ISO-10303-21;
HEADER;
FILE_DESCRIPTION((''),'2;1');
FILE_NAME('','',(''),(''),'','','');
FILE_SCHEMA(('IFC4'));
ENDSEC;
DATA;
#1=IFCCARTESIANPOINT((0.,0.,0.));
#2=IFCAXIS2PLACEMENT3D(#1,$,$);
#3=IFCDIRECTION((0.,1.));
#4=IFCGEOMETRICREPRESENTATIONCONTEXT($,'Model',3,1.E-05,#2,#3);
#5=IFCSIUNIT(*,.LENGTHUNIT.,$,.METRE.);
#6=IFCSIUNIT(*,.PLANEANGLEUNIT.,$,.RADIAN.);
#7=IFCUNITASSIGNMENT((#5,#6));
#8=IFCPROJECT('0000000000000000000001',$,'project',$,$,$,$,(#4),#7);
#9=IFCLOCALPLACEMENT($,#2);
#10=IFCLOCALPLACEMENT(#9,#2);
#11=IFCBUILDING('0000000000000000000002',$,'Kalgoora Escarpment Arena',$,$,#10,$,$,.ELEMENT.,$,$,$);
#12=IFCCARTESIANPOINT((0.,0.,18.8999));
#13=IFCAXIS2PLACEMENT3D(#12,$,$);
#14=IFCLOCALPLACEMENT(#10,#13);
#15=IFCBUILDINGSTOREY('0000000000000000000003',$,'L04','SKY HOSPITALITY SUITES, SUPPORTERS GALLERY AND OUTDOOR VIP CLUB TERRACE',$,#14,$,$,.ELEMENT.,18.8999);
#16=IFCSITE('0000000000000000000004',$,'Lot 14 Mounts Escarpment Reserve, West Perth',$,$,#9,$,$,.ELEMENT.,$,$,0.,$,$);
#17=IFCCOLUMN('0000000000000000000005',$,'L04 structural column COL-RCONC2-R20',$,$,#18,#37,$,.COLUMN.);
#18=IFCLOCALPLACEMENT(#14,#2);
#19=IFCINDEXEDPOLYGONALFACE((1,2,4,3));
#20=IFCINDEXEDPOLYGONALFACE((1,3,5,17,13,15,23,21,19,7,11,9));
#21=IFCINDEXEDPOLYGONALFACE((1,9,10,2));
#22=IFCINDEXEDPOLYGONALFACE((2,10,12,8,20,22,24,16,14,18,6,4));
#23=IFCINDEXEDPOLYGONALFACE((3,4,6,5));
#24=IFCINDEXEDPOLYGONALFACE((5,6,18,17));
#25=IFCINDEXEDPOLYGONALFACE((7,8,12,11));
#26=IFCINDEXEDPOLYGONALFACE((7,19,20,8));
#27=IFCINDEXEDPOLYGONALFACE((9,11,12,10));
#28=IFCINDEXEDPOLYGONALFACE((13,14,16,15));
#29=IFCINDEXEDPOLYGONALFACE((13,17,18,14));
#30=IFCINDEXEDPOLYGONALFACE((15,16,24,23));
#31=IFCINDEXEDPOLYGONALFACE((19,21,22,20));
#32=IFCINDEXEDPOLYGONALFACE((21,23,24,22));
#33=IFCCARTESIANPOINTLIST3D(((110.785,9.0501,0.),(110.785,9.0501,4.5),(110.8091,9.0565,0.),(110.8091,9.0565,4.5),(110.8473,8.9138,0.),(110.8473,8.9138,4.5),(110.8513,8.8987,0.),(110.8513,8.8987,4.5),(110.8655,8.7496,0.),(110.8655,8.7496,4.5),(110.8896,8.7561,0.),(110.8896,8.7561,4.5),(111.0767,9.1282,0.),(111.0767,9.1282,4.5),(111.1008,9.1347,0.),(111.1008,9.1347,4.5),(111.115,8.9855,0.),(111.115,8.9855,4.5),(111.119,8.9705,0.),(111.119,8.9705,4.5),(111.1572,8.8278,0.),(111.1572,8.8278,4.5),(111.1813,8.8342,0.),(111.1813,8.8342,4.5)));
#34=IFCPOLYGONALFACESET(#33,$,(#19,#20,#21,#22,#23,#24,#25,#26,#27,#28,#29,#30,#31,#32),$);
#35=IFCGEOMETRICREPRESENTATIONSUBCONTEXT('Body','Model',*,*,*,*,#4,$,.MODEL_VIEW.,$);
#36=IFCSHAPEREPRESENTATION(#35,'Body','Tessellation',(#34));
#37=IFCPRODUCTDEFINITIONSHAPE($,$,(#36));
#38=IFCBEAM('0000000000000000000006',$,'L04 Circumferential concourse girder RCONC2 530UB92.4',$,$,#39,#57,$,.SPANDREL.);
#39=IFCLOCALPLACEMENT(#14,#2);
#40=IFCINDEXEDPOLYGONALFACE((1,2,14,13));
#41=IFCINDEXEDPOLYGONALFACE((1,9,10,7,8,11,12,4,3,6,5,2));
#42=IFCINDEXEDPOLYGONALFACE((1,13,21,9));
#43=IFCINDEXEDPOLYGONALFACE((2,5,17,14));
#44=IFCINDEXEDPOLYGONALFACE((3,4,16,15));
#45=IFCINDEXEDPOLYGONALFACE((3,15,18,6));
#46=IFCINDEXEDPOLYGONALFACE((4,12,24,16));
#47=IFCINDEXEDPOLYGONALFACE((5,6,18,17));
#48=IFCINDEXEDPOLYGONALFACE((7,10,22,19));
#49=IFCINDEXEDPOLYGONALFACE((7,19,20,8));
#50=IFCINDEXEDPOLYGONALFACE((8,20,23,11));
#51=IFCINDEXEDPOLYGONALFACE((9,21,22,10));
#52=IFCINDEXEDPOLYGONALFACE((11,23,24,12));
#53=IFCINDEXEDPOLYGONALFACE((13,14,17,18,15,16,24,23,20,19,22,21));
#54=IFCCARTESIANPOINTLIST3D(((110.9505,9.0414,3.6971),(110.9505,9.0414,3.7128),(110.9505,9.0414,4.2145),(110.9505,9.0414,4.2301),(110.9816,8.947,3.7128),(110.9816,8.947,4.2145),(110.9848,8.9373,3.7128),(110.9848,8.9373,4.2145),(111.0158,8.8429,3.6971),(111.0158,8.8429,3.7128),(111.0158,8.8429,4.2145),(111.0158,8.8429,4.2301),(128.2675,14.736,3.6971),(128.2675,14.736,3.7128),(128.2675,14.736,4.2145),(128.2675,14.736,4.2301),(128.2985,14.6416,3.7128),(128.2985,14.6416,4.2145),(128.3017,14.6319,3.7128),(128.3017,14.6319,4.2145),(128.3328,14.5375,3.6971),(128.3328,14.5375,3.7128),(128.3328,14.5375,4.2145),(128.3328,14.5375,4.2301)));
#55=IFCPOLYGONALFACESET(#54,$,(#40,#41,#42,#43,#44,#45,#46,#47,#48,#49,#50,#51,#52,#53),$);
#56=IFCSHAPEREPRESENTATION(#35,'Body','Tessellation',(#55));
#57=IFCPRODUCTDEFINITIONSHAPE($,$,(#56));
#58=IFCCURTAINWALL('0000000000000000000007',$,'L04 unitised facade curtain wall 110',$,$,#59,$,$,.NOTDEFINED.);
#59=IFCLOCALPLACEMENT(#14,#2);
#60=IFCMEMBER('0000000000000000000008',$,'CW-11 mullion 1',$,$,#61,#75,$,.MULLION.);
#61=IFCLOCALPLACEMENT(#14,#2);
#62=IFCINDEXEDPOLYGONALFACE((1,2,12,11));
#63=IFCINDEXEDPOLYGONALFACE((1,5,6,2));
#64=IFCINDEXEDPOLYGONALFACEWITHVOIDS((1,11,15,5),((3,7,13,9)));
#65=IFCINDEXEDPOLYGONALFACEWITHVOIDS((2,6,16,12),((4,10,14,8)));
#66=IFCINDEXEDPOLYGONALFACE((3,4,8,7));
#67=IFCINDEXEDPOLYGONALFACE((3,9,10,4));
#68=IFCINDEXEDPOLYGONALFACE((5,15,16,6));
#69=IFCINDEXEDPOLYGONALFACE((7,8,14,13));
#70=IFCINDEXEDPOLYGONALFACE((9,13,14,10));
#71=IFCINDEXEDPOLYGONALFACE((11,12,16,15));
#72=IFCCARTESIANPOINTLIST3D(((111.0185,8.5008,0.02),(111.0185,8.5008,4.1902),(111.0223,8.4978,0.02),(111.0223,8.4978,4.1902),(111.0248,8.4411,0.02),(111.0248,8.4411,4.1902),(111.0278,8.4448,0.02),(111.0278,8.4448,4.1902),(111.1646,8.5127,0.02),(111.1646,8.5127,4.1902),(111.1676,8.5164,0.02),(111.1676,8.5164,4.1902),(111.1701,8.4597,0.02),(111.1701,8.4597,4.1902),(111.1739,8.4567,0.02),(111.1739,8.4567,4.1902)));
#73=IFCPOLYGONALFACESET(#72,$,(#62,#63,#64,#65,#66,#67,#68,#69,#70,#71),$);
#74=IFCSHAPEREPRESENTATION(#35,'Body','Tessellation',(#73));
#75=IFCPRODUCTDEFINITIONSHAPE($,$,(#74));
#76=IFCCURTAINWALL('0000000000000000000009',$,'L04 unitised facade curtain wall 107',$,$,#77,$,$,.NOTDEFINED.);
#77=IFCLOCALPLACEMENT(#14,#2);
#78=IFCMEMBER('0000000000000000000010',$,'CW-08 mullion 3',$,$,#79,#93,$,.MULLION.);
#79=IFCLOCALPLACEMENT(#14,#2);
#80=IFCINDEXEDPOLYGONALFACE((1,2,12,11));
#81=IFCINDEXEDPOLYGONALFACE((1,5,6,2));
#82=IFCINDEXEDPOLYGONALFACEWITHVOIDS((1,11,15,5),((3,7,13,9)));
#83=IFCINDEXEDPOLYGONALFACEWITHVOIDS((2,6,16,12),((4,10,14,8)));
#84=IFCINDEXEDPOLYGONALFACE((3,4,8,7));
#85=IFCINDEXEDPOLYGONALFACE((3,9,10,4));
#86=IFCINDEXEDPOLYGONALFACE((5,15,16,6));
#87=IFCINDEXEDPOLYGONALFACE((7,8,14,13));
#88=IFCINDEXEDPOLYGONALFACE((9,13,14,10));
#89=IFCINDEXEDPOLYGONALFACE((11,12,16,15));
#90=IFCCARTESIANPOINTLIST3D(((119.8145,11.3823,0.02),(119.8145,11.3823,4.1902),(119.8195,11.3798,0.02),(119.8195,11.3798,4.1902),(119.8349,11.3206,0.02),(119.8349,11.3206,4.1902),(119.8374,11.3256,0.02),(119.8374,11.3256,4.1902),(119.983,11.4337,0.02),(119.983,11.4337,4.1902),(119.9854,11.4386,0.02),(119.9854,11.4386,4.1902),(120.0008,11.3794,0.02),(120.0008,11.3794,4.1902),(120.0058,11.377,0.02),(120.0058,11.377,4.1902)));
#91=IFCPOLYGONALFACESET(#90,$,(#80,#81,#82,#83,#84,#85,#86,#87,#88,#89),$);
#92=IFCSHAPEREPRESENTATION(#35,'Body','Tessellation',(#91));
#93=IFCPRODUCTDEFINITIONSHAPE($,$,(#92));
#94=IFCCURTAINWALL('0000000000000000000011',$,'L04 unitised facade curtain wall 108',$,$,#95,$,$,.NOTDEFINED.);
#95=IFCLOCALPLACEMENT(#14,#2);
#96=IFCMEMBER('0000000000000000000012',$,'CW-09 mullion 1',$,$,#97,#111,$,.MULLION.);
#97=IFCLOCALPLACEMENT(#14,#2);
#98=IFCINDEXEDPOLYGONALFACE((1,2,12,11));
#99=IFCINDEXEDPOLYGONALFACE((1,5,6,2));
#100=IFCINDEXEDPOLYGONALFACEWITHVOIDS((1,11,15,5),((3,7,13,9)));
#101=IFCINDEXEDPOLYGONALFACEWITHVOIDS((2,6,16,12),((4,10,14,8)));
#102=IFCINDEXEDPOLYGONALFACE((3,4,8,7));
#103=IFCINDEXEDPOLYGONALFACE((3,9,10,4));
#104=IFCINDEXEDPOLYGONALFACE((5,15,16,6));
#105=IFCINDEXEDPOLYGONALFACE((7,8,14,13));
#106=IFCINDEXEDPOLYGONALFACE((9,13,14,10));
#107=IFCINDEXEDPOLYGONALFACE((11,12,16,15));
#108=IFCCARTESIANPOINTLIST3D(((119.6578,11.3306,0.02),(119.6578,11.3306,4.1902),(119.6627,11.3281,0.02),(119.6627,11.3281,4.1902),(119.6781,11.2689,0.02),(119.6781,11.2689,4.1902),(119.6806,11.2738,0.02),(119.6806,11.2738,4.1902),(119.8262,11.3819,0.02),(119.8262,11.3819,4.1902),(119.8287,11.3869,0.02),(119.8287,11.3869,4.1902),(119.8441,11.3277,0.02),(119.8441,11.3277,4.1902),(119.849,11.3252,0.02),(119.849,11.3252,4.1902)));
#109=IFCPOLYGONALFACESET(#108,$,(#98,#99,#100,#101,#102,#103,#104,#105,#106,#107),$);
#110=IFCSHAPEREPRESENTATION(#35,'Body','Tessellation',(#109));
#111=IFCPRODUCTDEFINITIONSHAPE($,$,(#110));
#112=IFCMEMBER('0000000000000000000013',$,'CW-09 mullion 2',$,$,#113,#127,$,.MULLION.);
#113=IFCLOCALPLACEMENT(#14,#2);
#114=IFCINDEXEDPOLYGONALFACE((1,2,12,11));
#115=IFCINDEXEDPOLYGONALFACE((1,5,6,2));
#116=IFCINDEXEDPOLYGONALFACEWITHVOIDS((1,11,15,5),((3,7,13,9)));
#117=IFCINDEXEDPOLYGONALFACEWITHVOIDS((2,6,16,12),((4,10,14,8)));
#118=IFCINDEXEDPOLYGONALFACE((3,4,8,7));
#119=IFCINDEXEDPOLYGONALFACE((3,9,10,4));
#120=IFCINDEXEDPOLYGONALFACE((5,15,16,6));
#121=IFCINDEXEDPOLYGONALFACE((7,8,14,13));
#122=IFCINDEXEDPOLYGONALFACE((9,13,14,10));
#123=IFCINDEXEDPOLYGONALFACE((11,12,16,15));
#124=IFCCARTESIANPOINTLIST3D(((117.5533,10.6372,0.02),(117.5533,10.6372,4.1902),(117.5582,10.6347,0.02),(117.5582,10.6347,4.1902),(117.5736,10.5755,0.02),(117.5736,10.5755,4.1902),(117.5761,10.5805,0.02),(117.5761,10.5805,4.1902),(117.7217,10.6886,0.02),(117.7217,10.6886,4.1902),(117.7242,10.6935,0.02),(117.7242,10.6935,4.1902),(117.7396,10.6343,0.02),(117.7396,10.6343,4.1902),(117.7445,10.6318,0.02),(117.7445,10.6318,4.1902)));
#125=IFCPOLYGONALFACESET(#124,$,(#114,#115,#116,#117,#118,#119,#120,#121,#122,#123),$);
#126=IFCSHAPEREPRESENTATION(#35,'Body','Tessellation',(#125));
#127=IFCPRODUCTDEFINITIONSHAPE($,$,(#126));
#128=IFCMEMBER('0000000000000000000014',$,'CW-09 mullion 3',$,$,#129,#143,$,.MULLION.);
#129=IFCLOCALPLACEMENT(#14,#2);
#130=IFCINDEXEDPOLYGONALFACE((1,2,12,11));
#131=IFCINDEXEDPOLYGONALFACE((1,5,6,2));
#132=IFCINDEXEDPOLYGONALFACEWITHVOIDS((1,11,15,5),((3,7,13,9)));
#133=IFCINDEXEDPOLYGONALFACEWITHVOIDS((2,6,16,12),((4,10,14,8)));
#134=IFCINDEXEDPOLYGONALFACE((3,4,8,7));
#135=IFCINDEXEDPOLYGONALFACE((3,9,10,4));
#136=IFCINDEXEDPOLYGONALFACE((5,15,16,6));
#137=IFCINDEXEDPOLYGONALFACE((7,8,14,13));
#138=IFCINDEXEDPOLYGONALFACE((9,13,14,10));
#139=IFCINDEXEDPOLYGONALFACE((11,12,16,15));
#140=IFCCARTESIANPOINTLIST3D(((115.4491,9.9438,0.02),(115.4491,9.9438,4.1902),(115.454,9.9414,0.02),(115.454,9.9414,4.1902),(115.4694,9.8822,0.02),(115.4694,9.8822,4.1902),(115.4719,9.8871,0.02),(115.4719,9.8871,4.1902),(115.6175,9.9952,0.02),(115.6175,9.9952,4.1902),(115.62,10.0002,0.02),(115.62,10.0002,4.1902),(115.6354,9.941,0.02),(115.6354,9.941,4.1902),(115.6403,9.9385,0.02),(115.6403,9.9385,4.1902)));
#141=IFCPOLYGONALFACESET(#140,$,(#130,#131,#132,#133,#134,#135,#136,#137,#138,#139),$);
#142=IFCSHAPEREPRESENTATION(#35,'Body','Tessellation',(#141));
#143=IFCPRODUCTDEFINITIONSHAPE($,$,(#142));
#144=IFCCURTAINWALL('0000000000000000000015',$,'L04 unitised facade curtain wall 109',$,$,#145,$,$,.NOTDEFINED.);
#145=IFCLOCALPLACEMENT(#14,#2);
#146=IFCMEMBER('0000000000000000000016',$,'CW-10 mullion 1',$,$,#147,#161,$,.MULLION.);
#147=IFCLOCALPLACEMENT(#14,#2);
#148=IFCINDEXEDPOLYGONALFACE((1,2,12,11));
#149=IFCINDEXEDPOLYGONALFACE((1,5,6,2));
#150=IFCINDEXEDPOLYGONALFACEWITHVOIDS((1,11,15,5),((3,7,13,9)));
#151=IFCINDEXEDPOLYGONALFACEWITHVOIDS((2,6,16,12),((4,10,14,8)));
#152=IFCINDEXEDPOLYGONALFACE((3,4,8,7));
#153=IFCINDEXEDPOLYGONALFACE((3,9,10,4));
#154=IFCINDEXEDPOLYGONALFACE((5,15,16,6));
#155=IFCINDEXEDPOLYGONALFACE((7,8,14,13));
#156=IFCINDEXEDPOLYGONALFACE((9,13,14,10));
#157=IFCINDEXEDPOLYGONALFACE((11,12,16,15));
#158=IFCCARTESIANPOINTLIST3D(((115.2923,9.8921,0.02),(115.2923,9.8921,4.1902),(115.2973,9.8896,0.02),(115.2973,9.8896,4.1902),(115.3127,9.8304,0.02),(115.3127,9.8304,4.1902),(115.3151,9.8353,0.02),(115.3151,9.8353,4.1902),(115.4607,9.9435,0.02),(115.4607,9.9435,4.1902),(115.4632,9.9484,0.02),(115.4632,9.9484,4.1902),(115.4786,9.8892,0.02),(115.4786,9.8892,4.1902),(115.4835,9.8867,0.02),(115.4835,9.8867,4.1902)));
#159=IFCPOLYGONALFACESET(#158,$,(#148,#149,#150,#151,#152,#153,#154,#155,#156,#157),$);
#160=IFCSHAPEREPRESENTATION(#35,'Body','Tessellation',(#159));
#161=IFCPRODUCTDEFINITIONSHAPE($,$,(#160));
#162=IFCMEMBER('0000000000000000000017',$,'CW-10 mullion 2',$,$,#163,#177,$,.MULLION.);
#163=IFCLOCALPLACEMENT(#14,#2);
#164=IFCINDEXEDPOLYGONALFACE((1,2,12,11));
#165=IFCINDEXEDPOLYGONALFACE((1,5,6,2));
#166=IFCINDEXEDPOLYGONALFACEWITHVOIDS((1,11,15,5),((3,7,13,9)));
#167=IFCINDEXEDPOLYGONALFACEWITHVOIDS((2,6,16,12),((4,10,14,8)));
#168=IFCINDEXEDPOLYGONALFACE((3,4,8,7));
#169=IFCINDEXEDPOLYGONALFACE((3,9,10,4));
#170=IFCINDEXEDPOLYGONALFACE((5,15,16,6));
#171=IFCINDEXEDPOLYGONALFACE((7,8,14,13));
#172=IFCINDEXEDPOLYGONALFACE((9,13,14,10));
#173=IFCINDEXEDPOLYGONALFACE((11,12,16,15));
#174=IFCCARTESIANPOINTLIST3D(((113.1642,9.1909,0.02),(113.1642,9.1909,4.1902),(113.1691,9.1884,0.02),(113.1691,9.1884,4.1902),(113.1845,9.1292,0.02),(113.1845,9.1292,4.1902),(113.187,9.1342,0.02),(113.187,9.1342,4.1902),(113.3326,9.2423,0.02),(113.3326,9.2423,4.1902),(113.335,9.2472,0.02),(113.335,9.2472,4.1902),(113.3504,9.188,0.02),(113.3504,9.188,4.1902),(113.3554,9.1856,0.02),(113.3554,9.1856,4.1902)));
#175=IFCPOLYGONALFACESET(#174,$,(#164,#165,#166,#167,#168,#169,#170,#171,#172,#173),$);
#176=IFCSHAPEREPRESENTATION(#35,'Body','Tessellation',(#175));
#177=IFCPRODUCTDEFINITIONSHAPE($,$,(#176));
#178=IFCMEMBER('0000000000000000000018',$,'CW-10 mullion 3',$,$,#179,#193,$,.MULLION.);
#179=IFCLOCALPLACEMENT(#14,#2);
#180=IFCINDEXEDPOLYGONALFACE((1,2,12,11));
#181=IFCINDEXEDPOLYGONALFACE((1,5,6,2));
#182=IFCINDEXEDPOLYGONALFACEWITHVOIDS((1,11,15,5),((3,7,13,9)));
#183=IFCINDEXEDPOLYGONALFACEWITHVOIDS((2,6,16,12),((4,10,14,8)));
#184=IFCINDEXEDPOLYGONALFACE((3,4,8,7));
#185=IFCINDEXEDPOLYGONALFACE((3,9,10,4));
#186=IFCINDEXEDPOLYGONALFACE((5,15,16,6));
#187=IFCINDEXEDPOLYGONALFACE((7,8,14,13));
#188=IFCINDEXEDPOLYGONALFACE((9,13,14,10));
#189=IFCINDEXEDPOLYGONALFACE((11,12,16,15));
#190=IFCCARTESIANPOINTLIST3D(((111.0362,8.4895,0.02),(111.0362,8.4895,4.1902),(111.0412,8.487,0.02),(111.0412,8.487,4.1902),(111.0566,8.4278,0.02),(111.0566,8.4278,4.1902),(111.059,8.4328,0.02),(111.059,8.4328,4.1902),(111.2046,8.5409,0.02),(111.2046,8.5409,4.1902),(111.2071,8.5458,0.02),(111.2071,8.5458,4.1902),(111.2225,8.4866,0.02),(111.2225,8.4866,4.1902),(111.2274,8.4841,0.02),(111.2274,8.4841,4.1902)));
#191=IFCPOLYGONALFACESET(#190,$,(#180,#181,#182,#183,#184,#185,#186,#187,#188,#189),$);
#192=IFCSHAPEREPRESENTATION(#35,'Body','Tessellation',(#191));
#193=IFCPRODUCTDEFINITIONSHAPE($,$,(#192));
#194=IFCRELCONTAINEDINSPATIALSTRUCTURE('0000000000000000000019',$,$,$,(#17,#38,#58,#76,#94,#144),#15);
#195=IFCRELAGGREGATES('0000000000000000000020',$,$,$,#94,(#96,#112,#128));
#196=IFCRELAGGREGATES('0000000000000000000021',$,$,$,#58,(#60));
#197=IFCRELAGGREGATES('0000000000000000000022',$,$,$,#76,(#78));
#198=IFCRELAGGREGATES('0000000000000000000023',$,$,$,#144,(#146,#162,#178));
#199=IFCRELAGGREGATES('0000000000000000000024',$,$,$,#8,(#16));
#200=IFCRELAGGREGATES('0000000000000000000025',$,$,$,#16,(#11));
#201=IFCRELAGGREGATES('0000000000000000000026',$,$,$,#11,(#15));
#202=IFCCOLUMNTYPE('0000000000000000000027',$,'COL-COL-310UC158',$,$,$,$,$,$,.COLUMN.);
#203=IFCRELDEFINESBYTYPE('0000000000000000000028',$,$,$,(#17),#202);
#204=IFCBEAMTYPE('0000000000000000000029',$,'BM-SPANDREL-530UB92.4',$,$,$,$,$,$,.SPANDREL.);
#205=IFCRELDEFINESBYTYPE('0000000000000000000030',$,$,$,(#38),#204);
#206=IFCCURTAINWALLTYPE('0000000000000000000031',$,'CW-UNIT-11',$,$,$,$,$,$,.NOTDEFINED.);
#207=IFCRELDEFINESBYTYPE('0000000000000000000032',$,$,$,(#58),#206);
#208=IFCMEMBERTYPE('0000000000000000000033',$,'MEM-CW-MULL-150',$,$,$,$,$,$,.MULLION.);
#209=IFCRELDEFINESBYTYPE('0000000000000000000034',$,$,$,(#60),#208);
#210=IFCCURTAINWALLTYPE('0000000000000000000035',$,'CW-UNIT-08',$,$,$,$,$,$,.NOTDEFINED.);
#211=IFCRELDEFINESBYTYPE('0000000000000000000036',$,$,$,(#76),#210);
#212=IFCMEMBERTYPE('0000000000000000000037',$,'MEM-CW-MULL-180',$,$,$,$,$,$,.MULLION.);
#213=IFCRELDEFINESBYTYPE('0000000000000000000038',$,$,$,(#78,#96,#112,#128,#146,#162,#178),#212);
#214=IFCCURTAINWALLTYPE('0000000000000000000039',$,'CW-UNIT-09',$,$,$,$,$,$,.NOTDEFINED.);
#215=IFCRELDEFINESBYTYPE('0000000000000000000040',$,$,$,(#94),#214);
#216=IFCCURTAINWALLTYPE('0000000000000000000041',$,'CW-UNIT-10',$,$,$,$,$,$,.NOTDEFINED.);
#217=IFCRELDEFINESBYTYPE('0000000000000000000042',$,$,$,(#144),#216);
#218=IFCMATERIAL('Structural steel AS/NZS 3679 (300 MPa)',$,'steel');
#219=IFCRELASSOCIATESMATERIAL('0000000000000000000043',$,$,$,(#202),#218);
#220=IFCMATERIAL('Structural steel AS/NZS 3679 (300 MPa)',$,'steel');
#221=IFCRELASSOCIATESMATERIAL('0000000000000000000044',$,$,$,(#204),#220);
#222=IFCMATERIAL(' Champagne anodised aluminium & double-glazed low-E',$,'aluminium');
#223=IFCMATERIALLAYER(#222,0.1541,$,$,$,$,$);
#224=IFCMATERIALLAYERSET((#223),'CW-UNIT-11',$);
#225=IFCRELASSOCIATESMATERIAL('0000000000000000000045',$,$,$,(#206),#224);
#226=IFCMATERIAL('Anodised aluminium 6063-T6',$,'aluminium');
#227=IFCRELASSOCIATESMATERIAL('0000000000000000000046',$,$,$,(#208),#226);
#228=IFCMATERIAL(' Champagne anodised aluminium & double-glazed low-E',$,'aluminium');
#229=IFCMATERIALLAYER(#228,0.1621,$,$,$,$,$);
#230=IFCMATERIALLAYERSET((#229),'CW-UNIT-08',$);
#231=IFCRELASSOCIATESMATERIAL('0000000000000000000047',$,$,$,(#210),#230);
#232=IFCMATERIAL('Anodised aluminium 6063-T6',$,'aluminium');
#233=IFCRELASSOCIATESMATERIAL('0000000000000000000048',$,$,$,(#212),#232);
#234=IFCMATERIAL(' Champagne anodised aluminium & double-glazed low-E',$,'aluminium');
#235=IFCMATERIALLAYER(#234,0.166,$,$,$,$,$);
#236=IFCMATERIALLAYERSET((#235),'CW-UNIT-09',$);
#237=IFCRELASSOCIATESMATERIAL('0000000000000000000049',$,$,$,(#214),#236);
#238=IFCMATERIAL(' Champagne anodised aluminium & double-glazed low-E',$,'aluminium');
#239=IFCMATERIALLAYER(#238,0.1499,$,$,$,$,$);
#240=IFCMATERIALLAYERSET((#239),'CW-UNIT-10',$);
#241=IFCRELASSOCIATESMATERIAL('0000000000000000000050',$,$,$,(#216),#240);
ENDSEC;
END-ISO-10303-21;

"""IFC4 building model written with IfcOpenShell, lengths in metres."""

from ifc_helpers import new_model, si_unit, direction, frame, origin, origin_2d, place, context, subcontext, project, spatial, hollow_rectangle, i_section, extrude, material, layer, layer_set, material_profile, profile_set, type_object, element, aggregate, save


model = new_model("IFC4")

# Units and contexts
model_context = context("Model", 3, precision=1e-05, world=origin(), true_north=direction((0.0, 1.0)))
body_context = subcontext(model_context, "Body", "Model", "MODEL_VIEW")
ifc_project = project(units=[si_unit("LENGTHUNIT", "METRE"), si_unit("PLANEANGLEUNIT", "RADIAN")], contexts=[model_context])

# Site, building, storey
site_placement = place(None, origin())
site = spatial("IfcSite", under=ifc_project, at=site_placement, Name="Lot 14 Mounts Escarpment Reserve, West Perth", CompositionType="ELEMENT", RefElevation=0.0)
building_placement = place(site_placement, origin())
building = spatial("IfcBuilding", under=site, at=building_placement, Name="Kalgoora Escarpment Arena", CompositionType="ELEMENT")
storey_placement = place(building_placement, frame((0.0, 0.0, 18.8999)))
storey = spatial("IfcBuildingStorey", under=building, at=storey_placement, Name="L04", Description="SKY HOSPITALITY SUITES, SUPPORTERS GALLERY AND OUTDOOR VIP CLUB TERRACE", CompositionType="ELEMENT", Elevation=18.8999)

# Column
ifc_material_1 = material(Name="Structural steel AS/NZS 3679 (300 MPa)", Category="steel")
ifc_material_profile_1 = material_profile(ifc_material_1, i_section(OverallWidth=0.311, OverallDepth=0.3269, WebThickness=0.0156, FlangeThickness=0.0249, at=origin_2d()))
ifc_profile_set_1 = profile_set([ifc_material_profile_1], Name="Structural steel AS/NZS 3679 (300 MPa)")
column_type = type_object("IfcColumnType", Name="COL-COL-310UC158", PredefinedType="COLUMN", material=ifc_profile_set_1)
column_placement = place(storey_placement, frame((110.9832, 8.9421, 0.0), z_axis=(0.0, 0.0, 1.0), x_axis=(0.258819, -0.965926, 0.0)))
element("IfcColumn", 1, at=column_placement, inside=storey, type_object=column_type, Name="L04 structural column COL-RCONC2-R20", PredefinedType="COLUMN", context=body_context, shape_type="SweptSolid", body=[
    extrude(i_section(OverallWidth=0.311, OverallDepth=0.3269, WebThickness=0.0156, FlangeThickness=0.0249, at=origin_2d()), origin(), (0.0, 0.0, 1.0), 4.5),
])

# Beam
ifc_material_2 = material(Name="Structural steel AS/NZS 3679 (300 MPa)", Category="steel")
ifc_material_profile_2 = material_profile(ifc_material_2, i_section(OverallWidth=0.209, OverallDepth=0.533, WebThickness=0.0103, FlangeThickness=0.0156, at=origin_2d()))
ifc_profile_set_2 = profile_set([ifc_material_profile_2], Name="Structural steel AS/NZS 3679 (300 MPa)")
beam_type = type_object("IfcBeamType", Name="BM-SPANDREL-530UB92.4", PredefinedType="SPANDREL", material=ifc_profile_set_2)
beam_placement = place(storey_placement, frame((110.9832, 8.9421, 3.9636), z_axis=(0.949955, 0.312388, 0.0), x_axis=(-0.312388, 0.949955, 0.0)))
element("IfcBeam", 2, at=beam_placement, inside=storey, type_object=beam_type, Name="L04 Circumferential concourse girder RCONC2 530UB92.4", PredefinedType="SPANDREL", context=body_context, shape_type="SweptSolid", body=[
    extrude(i_section(OverallWidth=0.209, OverallDepth=0.533, WebThickness=0.0103, FlangeThickness=0.0156, at=origin_2d()), origin(), (0.0, 0.0, 1.0), 18.2292),
])

# Curtain walls, members
ifc_material_3 = material(Name=" Champagne anodised aluminium & double-glazed low-E", Category="aluminium")
ifc_layer_1 = layer(ifc_material_3, 0.1541)
ifc_layer_set_1 = layer_set([ifc_layer_1], Name="CW-UNIT-11")
curtain_wall_type_1 = type_object("IfcCurtainWallType", Name="CW-UNIT-11", PredefinedType="NOTDEFINED", material=ifc_layer_set_1)
curtain_wall_1_placement = place(storey_placement, origin())
curtain_wall_1 = element("IfcCurtainWall", 3, at=curtain_wall_1_placement, inside=storey, type_object=curtain_wall_type_1, Name="L04 unitised facade curtain wall 110", PredefinedType="NOTDEFINED")
ifc_material_4 = material(Name="Anodised aluminium 6063-T6", Category="aluminium")
ifc_material_profile_3 = material_profile(ifc_material_4, hollow_rectangle(XDim=0.0601, YDim=0.1499, WallThickness=0.0034, at=origin_2d()))
ifc_profile_set_3 = profile_set([ifc_material_profile_3], Name="Anodised aluminium 6063-T6")
member_type_1 = type_object("IfcMemberType", Name="MEM-CW-MULL-150", PredefinedType="MULLION", material=ifc_profile_set_3)
member_1_placement = place(storey_placement, frame((111.0962, 8.4788, 0.02), z_axis=(0.0, 0.0, 1.0), x_axis=(0.104158, -0.994561, 0.0)))
member_1 = element("IfcMember", 4, at=member_1_placement, type_object=member_type_1, Name="CW-11 mullion 1", PredefinedType="MULLION", context=body_context, shape_type="SweptSolid", body=[
    extrude(hollow_rectangle(XDim=0.0601, YDim=0.1499, WallThickness=0.0034, at=origin_2d()), origin(), (0.0, 0.0, 1.0), 4.1702),
])
ifc_material_5 = material(Name=" Champagne anodised aluminium & double-glazed low-E", Category="aluminium")
ifc_layer_2 = layer(ifc_material_5, 0.1621)
ifc_layer_set_2 = layer_set([ifc_layer_2], Name="CW-UNIT-08")
curtain_wall_type_2 = type_object("IfcCurtainWallType", Name="CW-UNIT-08", PredefinedType="NOTDEFINED", material=ifc_layer_set_2)
curtain_wall_2_placement = place(storey_placement, origin())
curtain_wall_2 = element("IfcCurtainWall", 5, at=curtain_wall_2_placement, inside=storey, type_object=curtain_wall_type_2, Name="L04 unitised facade curtain wall 107", PredefinedType="NOTDEFINED")
ifc_material_6 = material(Name="Anodised aluminium 6063-T6", Category="aluminium")
ifc_material_profile_4 = material_profile(ifc_material_6, hollow_rectangle(XDim=0.0649, YDim=0.1799, WallThickness=0.0039, at=origin_2d()))
ifc_profile_set_4 = profile_set([ifc_material_profile_4], Name="Anodised aluminium 6063-T6")
member_type_2 = type_object("IfcMemberType", Name="MEM-CW-MULL-180", PredefinedType="MULLION", material=ifc_profile_set_4)
member_2_placement = place(storey_placement, frame((119.9102, 11.3796, 0.02), z_axis=(0.0, 0.0, 1.0), x_axis=(0.31299, -0.949756, 0.0)))
member_2 = element("IfcMember", 6, at=member_2_placement, type_object=member_type_2, Name="CW-08 mullion 3", PredefinedType="MULLION", context=body_context, shape_type="SweptSolid", body=[
    extrude(hollow_rectangle(XDim=0.0649, YDim=0.1799, WallThickness=0.0039, at=origin_2d()), origin(), (0.0, 0.0, 1.0), 4.1702),
])

# Curtain walls, members
ifc_material_7 = material(Name=" Champagne anodised aluminium & double-glazed low-E", Category="aluminium")
ifc_layer_3 = layer(ifc_material_7, 0.166)
ifc_layer_set_3 = layer_set([ifc_layer_3], Name="CW-UNIT-09")
curtain_wall_type_3 = type_object("IfcCurtainWallType", Name="CW-UNIT-09", PredefinedType="NOTDEFINED", material=ifc_layer_set_3)
curtain_wall_3_placement = place(storey_placement, origin())
curtain_wall_3 = element("IfcCurtainWall", 7, at=curtain_wall_3_placement, inside=storey, type_object=curtain_wall_type_3, Name="L04 unitised facade curtain wall 108", PredefinedType="NOTDEFINED")
member_3_placement = place(storey_placement, frame((119.7534, 11.3279, 0.02), z_axis=(0.0, 0.0, 1.0), x_axis=(0.31297, -0.949763, 0.0)))
member_3 = element("IfcMember", 8, at=member_3_placement, type_object=member_type_2, Name="CW-09 mullion 1", PredefinedType="MULLION", context=body_context, shape_type="SweptSolid", body=[
    extrude(hollow_rectangle(XDim=0.0649, YDim=0.1799, WallThickness=0.0039, at=origin_2d()), origin(), (0.0, 0.0, 1.0), 4.1702),
])
member_4_placement = place(storey_placement, frame((117.6489, 10.6345, 0.02), z_axis=(0.0, 0.0, 1.0), x_axis=(0.31297, -0.949763, 0.0)))
member_4 = element("IfcMember", 9, at=member_4_placement, type_object=member_type_2, Name="CW-09 mullion 2", PredefinedType="MULLION", context=body_context, shape_type="SweptSolid", body=[
    extrude(hollow_rectangle(XDim=0.0649, YDim=0.1799, WallThickness=0.0039, at=origin_2d()), origin(), (0.0, 0.0, 1.0), 4.1702),
])
member_5_placement = place(storey_placement, frame((115.5447, 9.9412, 0.02), z_axis=(0.0, 0.0, 1.0), x_axis=(0.31297, -0.949763, 0.0)))
member_5 = element("IfcMember", 10, at=member_5_placement, type_object=member_type_2, Name="CW-09 mullion 3", PredefinedType="MULLION", context=body_context, shape_type="SweptSolid", body=[
    extrude(hollow_rectangle(XDim=0.0649, YDim=0.1799, WallThickness=0.0039, at=origin_2d()), origin(), (0.0, 0.0, 1.0), 4.1702),
])
ifc_material_8 = material(Name=" Champagne anodised aluminium & double-glazed low-E", Category="aluminium")
ifc_layer_4 = layer(ifc_material_8, 0.1499)
ifc_layer_set_4 = layer_set([ifc_layer_4], Name="CW-UNIT-10")
curtain_wall_type_4 = type_object("IfcCurtainWallType", Name="CW-UNIT-10", PredefinedType="NOTDEFINED", material=ifc_layer_set_4)
curtain_wall_4_placement = place(storey_placement, origin())
curtain_wall_4 = element("IfcCurtainWall", 11, at=curtain_wall_4_placement, inside=storey, type_object=curtain_wall_type_4, Name="L04 unitised facade curtain wall 109", PredefinedType="NOTDEFINED")
member_6_placement = place(storey_placement, frame((115.3879, 9.8894, 0.02), z_axis=(0.0, 0.0, 1.0), x_axis=(0.312979, -0.94976, 0.0)))
member_6 = element("IfcMember", 12, at=member_6_placement, type_object=member_type_2, Name="CW-10 mullion 1", PredefinedType="MULLION", context=body_context, shape_type="SweptSolid", body=[
    extrude(hollow_rectangle(XDim=0.0649, YDim=0.1799, WallThickness=0.0039, at=origin_2d()), origin(), (0.0, 0.0, 1.0), 4.1702),
])
member_7_placement = place(storey_placement, frame((113.2598, 9.1882, 0.02), z_axis=(0.0, 0.0, 1.0), x_axis=(0.312979, -0.94976, 0.0)))
member_7 = element("IfcMember", 13, at=member_7_placement, type_object=member_type_2, Name="CW-10 mullion 2", PredefinedType="MULLION", context=body_context, shape_type="SweptSolid", body=[
    extrude(hollow_rectangle(XDim=0.0649, YDim=0.1799, WallThickness=0.0039, at=origin_2d()), origin(), (0.0, 0.0, 1.0), 4.1702),
])
member_8_placement = place(storey_placement, frame((111.1318, 8.4868, 0.02), z_axis=(0.0, 0.0, 1.0), x_axis=(0.312979, -0.94976, 0.0)))
member_8 = element("IfcMember", 14, at=member_8_placement, type_object=member_type_2, Name="CW-10 mullion 3", PredefinedType="MULLION", context=body_context, shape_type="SweptSolid", body=[
    extrude(hollow_rectangle(XDim=0.0649, YDim=0.1799, WallThickness=0.0039, at=origin_2d()), origin(), (0.0, 0.0, 1.0), 4.1702),
])

aggregate(curtain_wall_3, [member_3, member_4, member_5])
aggregate(curtain_wall_1, [member_1])
aggregate(curtain_wall_2, [member_2])
aggregate(curtain_wall_4, [member_6, member_7, member_8])

save(model, "model.ifc")
